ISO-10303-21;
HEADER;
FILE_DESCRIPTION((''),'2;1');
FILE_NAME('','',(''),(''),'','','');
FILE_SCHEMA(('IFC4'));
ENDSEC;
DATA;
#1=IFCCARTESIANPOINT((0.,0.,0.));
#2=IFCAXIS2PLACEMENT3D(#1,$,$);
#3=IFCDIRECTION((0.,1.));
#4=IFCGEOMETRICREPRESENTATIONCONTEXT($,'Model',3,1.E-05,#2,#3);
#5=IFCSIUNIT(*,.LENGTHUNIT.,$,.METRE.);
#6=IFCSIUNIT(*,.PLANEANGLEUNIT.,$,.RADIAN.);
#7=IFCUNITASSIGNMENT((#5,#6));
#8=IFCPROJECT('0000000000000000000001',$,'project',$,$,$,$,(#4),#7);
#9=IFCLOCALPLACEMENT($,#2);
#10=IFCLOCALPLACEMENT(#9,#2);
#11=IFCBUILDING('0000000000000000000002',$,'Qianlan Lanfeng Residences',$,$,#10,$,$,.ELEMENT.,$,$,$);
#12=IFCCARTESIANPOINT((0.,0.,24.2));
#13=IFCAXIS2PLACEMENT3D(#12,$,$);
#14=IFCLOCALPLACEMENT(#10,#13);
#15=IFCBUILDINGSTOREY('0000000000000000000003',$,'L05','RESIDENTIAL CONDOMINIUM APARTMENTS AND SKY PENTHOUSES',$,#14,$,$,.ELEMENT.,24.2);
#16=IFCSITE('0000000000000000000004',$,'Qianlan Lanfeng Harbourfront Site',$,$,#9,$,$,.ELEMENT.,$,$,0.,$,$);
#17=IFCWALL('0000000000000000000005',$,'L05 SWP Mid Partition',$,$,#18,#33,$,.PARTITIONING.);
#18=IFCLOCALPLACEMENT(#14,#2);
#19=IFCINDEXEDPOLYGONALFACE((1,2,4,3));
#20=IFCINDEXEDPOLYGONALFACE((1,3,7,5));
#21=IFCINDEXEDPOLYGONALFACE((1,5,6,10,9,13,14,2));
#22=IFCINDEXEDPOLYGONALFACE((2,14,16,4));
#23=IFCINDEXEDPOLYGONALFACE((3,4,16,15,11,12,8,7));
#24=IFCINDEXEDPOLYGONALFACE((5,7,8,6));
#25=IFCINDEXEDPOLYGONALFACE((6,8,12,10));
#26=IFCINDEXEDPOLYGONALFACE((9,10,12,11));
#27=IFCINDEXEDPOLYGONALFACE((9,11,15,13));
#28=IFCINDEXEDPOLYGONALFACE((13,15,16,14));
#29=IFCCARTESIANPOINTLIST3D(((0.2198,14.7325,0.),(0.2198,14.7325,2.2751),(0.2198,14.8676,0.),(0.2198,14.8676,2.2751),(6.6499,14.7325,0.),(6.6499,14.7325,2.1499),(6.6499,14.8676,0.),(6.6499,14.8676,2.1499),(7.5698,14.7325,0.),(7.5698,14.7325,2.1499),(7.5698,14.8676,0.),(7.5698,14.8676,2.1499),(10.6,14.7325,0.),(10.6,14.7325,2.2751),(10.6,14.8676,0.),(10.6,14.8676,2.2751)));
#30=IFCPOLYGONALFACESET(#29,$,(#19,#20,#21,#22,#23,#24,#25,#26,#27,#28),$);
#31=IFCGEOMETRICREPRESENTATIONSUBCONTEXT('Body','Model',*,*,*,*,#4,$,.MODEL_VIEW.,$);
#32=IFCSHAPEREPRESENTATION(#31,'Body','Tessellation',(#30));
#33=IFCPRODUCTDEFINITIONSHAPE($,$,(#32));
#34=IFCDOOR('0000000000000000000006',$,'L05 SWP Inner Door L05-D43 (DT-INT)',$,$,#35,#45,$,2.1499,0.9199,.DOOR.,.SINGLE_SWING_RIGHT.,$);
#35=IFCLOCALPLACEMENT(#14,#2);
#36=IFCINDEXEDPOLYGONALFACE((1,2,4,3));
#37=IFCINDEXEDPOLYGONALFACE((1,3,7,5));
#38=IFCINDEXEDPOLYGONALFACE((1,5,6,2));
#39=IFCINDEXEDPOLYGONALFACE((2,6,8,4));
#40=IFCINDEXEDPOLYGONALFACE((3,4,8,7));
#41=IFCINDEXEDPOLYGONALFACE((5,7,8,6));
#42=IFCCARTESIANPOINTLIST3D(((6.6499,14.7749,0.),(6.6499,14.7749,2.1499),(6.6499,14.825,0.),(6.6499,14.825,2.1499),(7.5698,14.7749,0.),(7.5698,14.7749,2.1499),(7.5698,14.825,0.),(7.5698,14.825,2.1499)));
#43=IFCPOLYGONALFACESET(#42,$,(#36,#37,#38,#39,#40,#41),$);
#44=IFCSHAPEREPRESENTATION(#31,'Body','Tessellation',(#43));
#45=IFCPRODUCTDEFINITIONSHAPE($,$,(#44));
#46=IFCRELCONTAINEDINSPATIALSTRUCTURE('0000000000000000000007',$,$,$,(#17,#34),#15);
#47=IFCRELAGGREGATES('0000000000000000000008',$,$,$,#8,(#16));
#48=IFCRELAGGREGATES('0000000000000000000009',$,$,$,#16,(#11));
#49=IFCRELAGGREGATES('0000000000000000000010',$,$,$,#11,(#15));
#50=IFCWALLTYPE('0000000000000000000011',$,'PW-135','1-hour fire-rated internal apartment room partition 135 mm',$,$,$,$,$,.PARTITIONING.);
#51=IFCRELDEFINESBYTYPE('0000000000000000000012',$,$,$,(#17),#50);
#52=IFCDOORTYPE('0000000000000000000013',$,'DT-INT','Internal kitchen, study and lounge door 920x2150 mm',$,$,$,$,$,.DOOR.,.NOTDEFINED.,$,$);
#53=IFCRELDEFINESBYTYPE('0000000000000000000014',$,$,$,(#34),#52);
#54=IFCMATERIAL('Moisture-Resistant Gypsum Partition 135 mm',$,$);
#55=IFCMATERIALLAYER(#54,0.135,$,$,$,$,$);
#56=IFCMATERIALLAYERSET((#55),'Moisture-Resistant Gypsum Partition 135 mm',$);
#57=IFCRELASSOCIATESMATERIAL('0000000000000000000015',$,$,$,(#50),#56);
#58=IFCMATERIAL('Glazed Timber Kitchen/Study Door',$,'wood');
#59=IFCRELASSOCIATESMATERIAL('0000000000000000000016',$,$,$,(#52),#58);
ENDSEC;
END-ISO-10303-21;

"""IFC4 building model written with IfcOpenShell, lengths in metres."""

from ifc_helpers import new_model, si_unit, direction, frame, frame_2d, origin, place, context, subcontext, project, spatial, rectangle, extrude, material, layer, layer_set, type_object, element, fill, save


model = new_model("IFC4")

# Units and contexts
model_context = context("Model", 3, precision=1e-05, world=origin(), true_north=direction((0.0, 1.0)))
body_context = subcontext(model_context, "Body", "Model", "MODEL_VIEW")
ifc_project = project(units=[si_unit("LENGTHUNIT", "METRE"), si_unit("PLANEANGLEUNIT", "RADIAN")], contexts=[model_context])

# Site, building, storey
site_placement = place(None, origin())
site = spatial("IfcSite", under=ifc_project, at=site_placement, Name="Qianlan Lanfeng Harbourfront Site", CompositionType="ELEMENT", RefElevation=0.0)
building_placement = place(site_placement, origin())
building = spatial("IfcBuilding", under=site, at=building_placement, Name="Qianlan Lanfeng Residences", CompositionType="ELEMENT")
storey_placement = place(building_placement, frame((0.0, 0.0, 24.2)))
storey = spatial("IfcBuildingStorey", under=building, at=storey_placement, Name="L05", Description="RESIDENTIAL CONDOMINIUM APARTMENTS AND SKY PENTHOUSES", CompositionType="ELEMENT", Elevation=24.2)

# Wall, opening, door
ifc_material_1 = material(Name="Moisture-Resistant Gypsum Partition 135 mm")
ifc_layer = layer(ifc_material_1, 0.135)
ifc_layer_set = layer_set([ifc_layer], Name="Moisture-Resistant Gypsum Partition 135 mm")
wall_type = type_object("IfcWallType", Name="PW-135", Description="1-hour fire-rated internal apartment room partition 135 mm", PredefinedType="PARTITIONING", material=ifc_layer_set)
wall_placement = place(storey_placement, frame((0.22, 14.8, 0.0), z_axis=(0.0, 0.0, 1.0), x_axis=(1.0, 0.0, 0.0)))
wall = element("IfcWall", 1, at=wall_placement, inside=storey, type_object=wall_type, Name="L05 SWP Mid Partition", PredefinedType="PARTITIONING", context=body_context, shape_type="SweptSolid", body=[
    extrude(rectangle(XDim=10.3801, YDim=0.135, at=frame_2d((5.1899, 0.0))), origin(), (0.0, 0.0, 1.0), 2.2751),
])
opening_placement = place(wall_placement, frame((6.4299, 0.0, 0.0)))
opening = element("IfcOpeningElement", 2, at=opening_placement, cuts=wall, PredefinedType="OPENING", context=body_context, shape_type="SweptSolid", body=[
    extrude(rectangle(XDim=0.9199, YDim=2.1499, at=frame_2d((0.46, 1.075))), frame((0.0, 0.0776, 0.0), z_axis=(0.0, -1.0, 0.0), x_axis=(1.0, 0.0, 0.0)), (0.0, 0.0, 1.0), 0.155),
])
ifc_material_2 = material(Name="Glazed Timber Kitchen/Study Door", Category="wood")
door_type = type_object("IfcDoorType", Name="DT-INT", Description="Internal kitchen, study and lounge door 920x2150 mm", OperationType="NOTDEFINED", PredefinedType="DOOR", material=ifc_material_2)
door_placement = place(opening_placement, origin())
door = element("IfcDoor", 3, at=door_placement, inside=storey, type_object=door_type, Name="L05 SWP Inner Door L05-D43 (DT-INT)", OperationType="SINGLE_SWING_RIGHT", OverallHeight=2.1499, OverallWidth=0.9199, PredefinedType="DOOR", context=body_context, shape_type="SweptSolid", body=[
    extrude(rectangle(XDim=0.9199, YDim=2.1499, at=frame_2d((0.46, 1.075))), frame((0.0, 0.0249, 0.0), z_axis=(0.0, -1.0, 0.0), x_axis=(1.0, 0.0, 0.0)), (0.0, 0.0, 1.0), 0.05),
])
fill(opening, door)

save(model, "model.ifc")
